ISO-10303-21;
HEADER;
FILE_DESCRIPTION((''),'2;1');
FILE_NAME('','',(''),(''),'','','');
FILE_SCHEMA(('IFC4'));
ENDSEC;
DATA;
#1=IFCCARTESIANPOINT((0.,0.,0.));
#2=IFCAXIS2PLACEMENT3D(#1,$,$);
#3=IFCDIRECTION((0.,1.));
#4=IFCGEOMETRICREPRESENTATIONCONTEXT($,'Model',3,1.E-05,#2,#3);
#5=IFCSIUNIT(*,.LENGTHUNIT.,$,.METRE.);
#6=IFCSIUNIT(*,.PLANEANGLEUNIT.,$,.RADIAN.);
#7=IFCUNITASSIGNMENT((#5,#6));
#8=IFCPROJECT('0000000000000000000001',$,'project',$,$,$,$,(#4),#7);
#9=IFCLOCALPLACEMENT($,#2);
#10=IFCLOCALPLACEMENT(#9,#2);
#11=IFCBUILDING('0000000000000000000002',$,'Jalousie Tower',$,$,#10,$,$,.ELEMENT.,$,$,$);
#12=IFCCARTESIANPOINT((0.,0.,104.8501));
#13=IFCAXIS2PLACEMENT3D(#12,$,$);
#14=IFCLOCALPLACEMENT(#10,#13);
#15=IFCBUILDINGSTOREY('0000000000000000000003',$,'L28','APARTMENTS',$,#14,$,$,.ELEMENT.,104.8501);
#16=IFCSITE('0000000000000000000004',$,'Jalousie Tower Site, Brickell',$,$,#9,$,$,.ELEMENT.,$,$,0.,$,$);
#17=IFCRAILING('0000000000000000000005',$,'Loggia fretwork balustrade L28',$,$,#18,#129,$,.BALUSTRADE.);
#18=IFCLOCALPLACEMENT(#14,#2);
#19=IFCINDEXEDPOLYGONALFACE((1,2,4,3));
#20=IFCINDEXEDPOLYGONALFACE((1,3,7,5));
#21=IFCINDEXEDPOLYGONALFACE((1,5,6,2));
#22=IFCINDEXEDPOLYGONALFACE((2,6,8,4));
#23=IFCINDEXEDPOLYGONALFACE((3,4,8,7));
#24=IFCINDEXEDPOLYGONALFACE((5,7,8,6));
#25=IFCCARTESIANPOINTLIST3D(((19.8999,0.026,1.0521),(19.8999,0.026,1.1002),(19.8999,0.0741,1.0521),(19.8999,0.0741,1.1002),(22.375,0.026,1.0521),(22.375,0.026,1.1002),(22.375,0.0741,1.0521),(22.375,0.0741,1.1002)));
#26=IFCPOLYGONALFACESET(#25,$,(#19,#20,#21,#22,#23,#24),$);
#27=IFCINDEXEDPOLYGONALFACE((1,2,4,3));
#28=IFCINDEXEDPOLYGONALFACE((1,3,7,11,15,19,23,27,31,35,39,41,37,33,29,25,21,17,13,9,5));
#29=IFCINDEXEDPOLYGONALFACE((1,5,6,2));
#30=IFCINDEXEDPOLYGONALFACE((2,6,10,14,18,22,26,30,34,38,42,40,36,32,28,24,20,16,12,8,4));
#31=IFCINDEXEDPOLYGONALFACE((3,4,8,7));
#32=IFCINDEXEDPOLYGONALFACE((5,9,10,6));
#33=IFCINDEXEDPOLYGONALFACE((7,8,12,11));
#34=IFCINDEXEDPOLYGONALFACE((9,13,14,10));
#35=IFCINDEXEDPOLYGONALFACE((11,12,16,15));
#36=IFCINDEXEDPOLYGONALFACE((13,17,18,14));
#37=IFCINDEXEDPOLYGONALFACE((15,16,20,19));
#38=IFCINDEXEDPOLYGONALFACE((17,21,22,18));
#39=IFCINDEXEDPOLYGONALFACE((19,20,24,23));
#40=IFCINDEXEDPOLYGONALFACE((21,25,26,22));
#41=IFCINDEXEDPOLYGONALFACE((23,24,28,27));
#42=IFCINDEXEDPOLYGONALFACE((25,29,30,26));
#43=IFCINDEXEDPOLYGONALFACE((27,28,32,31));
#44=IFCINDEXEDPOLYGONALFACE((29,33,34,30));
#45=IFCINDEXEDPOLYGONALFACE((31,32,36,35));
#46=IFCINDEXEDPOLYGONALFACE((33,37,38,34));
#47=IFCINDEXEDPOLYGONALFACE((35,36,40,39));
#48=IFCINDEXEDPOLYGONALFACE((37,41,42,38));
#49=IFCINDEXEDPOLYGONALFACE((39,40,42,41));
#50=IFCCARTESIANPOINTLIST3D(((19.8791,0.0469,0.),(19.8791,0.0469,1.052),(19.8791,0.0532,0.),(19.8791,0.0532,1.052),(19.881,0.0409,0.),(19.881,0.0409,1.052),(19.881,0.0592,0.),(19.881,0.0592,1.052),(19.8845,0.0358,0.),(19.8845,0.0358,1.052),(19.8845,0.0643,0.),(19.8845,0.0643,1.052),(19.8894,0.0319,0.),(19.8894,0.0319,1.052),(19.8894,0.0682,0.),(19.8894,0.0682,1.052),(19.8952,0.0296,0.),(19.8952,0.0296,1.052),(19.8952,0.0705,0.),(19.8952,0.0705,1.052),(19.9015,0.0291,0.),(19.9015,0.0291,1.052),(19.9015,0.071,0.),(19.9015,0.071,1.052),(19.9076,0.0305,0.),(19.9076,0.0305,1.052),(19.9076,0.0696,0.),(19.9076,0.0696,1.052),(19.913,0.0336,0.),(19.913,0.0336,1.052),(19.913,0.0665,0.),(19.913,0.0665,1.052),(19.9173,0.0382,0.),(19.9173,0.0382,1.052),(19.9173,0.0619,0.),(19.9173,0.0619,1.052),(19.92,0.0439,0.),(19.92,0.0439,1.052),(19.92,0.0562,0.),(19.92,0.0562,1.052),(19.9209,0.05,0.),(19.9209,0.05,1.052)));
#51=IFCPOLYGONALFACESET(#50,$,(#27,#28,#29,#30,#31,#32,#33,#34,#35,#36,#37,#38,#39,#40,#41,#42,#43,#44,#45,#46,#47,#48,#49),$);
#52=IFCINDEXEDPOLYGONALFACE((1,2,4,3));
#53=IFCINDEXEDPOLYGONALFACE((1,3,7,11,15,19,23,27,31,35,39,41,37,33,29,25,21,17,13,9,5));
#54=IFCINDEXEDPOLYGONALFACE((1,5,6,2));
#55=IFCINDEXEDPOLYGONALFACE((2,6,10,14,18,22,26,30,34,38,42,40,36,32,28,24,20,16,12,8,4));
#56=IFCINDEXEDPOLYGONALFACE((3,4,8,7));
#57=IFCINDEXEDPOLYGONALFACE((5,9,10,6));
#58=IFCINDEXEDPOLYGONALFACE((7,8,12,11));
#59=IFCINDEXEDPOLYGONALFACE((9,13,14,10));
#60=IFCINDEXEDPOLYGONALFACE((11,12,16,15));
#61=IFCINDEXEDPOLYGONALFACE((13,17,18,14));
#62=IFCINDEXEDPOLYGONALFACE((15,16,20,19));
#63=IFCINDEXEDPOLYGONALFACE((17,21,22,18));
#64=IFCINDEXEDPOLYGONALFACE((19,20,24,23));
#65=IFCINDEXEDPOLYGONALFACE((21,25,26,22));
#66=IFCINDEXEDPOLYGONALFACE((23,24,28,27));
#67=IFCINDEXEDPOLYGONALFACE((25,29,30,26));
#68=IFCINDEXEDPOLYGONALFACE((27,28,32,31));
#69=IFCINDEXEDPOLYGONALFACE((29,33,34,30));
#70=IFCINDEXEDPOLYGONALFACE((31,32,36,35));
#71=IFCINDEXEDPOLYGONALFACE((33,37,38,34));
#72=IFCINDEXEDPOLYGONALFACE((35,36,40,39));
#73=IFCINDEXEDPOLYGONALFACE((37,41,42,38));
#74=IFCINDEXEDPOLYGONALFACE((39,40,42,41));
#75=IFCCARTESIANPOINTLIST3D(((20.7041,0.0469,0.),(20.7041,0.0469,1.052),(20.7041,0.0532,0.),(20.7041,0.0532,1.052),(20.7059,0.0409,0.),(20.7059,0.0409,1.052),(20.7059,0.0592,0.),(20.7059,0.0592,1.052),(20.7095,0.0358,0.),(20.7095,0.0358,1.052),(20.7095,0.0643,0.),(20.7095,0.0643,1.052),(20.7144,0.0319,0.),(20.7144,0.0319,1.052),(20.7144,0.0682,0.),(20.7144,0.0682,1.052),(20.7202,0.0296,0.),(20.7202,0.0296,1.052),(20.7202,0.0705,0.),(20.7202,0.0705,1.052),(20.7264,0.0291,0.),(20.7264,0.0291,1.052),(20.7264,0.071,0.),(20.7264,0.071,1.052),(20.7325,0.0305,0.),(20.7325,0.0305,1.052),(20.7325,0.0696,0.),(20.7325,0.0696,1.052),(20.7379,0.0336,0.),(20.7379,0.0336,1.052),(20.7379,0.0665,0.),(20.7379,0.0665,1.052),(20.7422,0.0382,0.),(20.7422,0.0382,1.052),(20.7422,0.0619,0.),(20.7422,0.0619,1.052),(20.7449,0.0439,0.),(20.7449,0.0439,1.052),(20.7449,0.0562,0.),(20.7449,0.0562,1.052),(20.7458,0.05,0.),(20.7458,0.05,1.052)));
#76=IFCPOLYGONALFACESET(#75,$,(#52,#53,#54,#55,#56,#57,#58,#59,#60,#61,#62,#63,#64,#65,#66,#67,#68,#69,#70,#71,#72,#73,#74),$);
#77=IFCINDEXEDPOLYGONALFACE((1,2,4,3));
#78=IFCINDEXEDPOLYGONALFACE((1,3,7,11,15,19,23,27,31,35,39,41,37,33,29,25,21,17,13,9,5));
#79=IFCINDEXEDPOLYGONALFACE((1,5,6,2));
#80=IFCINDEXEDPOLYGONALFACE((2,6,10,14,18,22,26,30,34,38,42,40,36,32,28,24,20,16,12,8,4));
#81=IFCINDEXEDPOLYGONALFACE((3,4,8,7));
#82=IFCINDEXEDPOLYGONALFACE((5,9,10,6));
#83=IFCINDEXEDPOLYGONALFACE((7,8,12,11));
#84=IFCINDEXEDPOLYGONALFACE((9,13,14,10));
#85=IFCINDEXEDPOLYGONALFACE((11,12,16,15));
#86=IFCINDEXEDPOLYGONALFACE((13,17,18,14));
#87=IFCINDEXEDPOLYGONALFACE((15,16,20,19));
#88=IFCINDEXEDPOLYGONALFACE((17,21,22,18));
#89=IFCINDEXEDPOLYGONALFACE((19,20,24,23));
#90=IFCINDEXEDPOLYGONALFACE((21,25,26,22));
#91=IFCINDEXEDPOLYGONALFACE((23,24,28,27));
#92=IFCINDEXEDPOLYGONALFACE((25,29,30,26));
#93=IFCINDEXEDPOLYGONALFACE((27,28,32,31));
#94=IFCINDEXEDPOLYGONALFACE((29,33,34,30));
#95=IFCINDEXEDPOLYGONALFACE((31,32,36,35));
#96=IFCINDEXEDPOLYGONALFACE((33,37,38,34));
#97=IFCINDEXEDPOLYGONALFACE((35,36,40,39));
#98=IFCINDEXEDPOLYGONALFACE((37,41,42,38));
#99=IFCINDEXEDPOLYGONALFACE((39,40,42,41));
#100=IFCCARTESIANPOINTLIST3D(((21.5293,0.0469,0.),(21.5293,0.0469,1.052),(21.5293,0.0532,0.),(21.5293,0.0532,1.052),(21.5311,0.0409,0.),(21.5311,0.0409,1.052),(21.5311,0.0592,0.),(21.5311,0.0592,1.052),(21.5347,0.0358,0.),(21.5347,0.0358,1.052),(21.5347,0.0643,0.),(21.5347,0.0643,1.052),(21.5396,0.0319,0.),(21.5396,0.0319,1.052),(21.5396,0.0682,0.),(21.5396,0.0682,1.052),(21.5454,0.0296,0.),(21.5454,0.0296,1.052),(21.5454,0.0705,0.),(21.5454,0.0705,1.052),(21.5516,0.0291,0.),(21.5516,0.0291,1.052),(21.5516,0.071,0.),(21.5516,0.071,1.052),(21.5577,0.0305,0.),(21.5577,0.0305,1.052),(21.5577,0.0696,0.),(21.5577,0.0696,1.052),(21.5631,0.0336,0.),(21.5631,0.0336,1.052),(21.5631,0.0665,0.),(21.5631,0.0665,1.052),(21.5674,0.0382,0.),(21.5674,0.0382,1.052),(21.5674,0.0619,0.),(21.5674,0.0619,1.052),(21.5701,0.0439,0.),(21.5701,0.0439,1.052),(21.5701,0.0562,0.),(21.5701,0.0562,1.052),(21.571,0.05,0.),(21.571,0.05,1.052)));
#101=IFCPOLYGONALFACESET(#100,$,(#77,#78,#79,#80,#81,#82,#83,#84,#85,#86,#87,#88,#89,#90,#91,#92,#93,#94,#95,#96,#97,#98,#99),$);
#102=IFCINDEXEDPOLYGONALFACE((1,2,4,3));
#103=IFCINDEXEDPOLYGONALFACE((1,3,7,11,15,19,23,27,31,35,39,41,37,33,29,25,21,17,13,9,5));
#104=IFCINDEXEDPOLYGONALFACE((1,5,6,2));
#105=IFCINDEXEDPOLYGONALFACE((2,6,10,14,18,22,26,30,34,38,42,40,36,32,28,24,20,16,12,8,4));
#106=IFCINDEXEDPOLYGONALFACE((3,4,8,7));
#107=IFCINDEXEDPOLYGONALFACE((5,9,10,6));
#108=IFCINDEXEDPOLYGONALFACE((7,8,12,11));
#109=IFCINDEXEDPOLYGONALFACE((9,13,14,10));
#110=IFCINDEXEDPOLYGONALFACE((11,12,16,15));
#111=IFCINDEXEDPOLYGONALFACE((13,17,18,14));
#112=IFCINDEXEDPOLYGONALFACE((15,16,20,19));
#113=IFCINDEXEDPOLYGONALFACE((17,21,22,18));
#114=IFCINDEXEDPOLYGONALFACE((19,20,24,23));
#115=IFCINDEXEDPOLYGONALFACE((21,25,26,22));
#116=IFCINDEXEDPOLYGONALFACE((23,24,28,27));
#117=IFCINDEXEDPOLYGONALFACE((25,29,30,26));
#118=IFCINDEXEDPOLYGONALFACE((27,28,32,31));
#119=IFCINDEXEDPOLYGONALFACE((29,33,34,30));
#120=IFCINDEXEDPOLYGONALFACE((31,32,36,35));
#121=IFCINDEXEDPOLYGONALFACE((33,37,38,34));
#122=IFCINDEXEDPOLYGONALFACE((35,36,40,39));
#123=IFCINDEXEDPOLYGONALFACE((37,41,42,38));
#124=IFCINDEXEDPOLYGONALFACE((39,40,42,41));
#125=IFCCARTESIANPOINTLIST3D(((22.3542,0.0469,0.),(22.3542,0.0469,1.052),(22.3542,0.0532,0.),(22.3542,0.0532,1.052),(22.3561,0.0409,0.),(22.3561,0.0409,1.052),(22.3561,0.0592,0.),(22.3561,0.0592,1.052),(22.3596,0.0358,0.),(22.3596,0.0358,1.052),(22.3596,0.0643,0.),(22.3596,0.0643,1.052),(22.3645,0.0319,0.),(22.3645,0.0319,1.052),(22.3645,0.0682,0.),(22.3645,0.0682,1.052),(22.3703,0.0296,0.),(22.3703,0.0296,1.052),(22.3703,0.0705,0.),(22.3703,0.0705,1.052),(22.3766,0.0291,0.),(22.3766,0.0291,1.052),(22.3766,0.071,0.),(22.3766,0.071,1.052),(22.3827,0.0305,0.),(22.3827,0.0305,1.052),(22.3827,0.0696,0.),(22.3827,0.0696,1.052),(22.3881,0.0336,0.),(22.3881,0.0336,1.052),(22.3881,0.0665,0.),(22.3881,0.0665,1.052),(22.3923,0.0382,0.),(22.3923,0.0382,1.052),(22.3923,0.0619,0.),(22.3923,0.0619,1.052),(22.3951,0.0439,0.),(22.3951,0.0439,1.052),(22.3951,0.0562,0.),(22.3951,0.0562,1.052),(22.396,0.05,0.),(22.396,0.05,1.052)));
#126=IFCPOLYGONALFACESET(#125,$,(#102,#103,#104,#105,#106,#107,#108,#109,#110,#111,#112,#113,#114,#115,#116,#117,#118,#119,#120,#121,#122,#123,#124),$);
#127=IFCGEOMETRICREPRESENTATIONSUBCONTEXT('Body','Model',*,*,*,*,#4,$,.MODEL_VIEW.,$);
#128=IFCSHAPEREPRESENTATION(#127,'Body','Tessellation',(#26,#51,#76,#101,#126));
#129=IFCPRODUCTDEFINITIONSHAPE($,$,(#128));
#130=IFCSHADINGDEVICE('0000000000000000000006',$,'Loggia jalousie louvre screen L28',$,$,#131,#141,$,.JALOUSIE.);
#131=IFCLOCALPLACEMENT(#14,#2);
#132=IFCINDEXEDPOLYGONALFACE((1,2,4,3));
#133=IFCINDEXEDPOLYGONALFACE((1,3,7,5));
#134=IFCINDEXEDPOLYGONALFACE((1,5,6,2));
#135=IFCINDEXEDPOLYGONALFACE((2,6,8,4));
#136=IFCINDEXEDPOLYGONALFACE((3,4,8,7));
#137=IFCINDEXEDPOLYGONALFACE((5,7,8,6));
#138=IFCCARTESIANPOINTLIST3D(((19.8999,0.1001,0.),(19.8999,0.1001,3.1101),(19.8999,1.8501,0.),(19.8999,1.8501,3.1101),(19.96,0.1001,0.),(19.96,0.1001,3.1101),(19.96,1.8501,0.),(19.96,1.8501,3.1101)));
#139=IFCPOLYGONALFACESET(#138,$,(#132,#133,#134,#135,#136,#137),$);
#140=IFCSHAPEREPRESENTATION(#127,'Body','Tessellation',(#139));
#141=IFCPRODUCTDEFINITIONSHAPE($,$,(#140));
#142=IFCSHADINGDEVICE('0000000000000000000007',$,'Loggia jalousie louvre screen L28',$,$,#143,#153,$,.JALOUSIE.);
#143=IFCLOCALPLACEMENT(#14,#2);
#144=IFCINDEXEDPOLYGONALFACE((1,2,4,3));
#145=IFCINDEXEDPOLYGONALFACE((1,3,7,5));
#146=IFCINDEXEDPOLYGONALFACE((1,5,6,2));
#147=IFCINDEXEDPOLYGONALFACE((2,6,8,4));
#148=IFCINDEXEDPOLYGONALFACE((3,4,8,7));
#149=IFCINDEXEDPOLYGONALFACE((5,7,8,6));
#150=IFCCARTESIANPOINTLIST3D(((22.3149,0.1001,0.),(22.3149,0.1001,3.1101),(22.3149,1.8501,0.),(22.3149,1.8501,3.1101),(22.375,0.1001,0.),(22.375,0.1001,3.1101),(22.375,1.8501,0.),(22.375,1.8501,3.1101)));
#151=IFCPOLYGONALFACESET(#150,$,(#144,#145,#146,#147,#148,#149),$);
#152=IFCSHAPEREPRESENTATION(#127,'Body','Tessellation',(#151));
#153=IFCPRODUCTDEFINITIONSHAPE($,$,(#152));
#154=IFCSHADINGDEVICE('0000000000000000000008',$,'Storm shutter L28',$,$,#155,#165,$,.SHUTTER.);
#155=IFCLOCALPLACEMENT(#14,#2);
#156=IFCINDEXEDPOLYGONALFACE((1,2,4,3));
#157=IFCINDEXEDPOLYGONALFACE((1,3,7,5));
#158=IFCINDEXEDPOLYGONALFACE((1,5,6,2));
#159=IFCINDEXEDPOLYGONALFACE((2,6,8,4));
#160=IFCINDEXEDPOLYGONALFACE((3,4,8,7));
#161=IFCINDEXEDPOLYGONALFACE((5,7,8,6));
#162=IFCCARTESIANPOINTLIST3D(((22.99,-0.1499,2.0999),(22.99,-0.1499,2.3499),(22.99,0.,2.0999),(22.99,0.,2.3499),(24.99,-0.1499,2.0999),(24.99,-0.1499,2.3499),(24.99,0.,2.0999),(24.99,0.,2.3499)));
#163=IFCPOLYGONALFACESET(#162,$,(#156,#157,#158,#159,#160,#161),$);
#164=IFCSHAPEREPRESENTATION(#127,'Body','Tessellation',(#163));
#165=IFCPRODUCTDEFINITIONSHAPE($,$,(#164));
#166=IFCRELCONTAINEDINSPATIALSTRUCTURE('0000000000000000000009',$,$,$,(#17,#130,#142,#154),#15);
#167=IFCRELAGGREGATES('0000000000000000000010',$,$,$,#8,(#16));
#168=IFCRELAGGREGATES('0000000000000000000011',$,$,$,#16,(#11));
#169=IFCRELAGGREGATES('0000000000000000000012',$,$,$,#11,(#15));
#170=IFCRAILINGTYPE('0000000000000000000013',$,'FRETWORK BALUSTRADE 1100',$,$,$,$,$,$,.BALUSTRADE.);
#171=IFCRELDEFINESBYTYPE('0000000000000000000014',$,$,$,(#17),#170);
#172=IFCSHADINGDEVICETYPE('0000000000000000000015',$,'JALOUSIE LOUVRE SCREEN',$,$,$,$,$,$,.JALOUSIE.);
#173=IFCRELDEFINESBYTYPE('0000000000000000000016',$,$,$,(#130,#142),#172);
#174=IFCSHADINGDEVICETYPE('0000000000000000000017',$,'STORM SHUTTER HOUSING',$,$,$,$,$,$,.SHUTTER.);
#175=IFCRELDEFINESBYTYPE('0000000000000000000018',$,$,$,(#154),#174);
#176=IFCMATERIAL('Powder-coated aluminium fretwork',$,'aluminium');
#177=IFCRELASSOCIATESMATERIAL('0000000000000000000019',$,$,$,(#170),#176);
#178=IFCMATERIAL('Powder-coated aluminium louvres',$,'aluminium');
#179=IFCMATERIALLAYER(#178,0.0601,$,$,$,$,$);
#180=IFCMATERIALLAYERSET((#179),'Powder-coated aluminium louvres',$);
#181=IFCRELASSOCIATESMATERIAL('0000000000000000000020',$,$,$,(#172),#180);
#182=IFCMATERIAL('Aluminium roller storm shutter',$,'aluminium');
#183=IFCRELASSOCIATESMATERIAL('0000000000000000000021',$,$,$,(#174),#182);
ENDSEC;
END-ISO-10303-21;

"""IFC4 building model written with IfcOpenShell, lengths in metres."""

from ifc_helpers import new_model, si_unit, direction, frame, origin, origin_2d, place, context, subcontext, project, spatial, rectangle, circle, extrude, material, layer, layer_set, type_object, element, save


model = new_model("IFC4")

# Units and contexts
model_context = context("Model", 3, precision=1e-05, world=origin(), true_north=direction((0.0, 1.0)))
body_context = subcontext(model_context, "Body", "Model", "MODEL_VIEW")
ifc_project = project(units=[si_unit("LENGTHUNIT", "METRE"), si_unit("PLANEANGLEUNIT", "RADIAN")], contexts=[model_context])

# Site, building, storey
site_placement = place(None, origin())
site = spatial("IfcSite", under=ifc_project, at=site_placement, Name="Jalousie Tower Site, Brickell", CompositionType="ELEMENT", RefElevation=0.0)
building_placement = place(site_placement, origin())
building = spatial("IfcBuilding", under=site, at=building_placement, Name="Jalousie Tower", CompositionType="ELEMENT")
storey_placement = place(building_placement, frame((0.0, 0.0, 104.8501)))
storey = spatial("IfcBuildingStorey", under=building, at=storey_placement, Name="L28", Description="APARTMENTS", CompositionType="ELEMENT", Elevation=104.8501)

# Railing
ifc_material_1 = material(Name="Powder-coated aluminium fretwork", Category="aluminium")
railing_type = type_object("IfcRailingType", Name="FRETWORK BALUSTRADE 1100", PredefinedType="BALUSTRADE", material=ifc_material_1)
railing_placement = place(storey_placement, frame((19.8999, 0.05, 0.0)))
element("IfcRailing", 1, at=railing_placement, inside=storey, type_object=railing_type, Name="Loggia fretwork balustrade L28", PredefinedType="BALUSTRADE", context=body_context, shape_type="SweptSolid", body=[
    extrude(rectangle(XDim=0.0481, YDim=0.0481, at=origin_2d()), frame((0.0, 0.0, 1.0762), z_axis=(1.0, 0.0, 0.0), x_axis=(0.0, 1.0, 0.0)), (0.0, 0.0, 1.0), 2.4751),
    extrude(circle(Radius=0.021, at=origin_2d()), origin(), (0.0, 0.0, 1.0), 1.052),
    extrude(circle(Radius=0.021, at=origin_2d()), frame((0.825, 0.0, 0.0)), (0.0, 0.0, 1.0), 1.052),
    extrude(circle(Radius=0.021, at=origin_2d()), frame((1.6501, 0.0, 0.0)), (0.0, 0.0, 1.0), 1.052),
    extrude(circle(Radius=0.021, at=origin_2d()), frame((2.4751, 0.0, 0.0)), (0.0, 0.0, 1.0), 1.052),
])

# Shading devices
ifc_material_2 = material(Name="Powder-coated aluminium louvres", Category="aluminium")
ifc_layer_1 = layer(ifc_material_2, 0.0601)
ifc_layer_set_1 = layer_set([ifc_layer_1], Name="Powder-coated aluminium louvres")
shading_device_type_1 = type_object("IfcShadingDeviceType", Name="JALOUSIE LOUVRE SCREEN", PredefinedType="JALOUSIE", material=ifc_layer_set_1)
for number, where, z_axis, x_axis, name in (
    (2, (19.9299, 0.9751, 0.0), (0.0, 0.0, 1.0), (1.0, 0.0, 0.0), "Loggia jalousie louvre screen L28"),
    (3, (22.345, 0.9751, 0.0), (0.0, 0.0, 1.0), (1.0, 0.0, 0.0), "Loggia jalousie louvre screen L28"),
):
    element("IfcShadingDevice", number, at=place(storey_placement, frame(where, z_axis=z_axis, x_axis=x_axis)), inside=storey, type_object=shading_device_type_1, Name=name, PredefinedType="JALOUSIE", context=body_context, shape_type="SweptSolid", body=[
        extrude(rectangle(XDim=0.0601, YDim=1.75, at=origin_2d()), origin(), (0.0, 0.0, 1.0), 3.1101),
    ])
ifc_material_3 = material(Name="Aluminium roller storm shutter", Category="aluminium")
shading_device_type_2 = type_object("IfcShadingDeviceType", Name="STORM SHUTTER HOUSING", PredefinedType="SHUTTER", material=ifc_material_3)
shading_device_placement = place(storey_placement, frame((23.99, -0.075, 2.0999), z_axis=(0.0, 0.0, 1.0), x_axis=(1.0, 0.0, 0.0)))
element("IfcShadingDevice", 4, at=shading_device_placement, inside=storey, type_object=shading_device_type_2, Name="Storm shutter L28", PredefinedType="SHUTTER", context=body_context, shape_type="SweptSolid", body=[
    extrude(rectangle(XDim=2.0, YDim=0.1499, at=origin_2d()), origin(), (0.0, 0.0, 1.0), 0.25),
])

save(model, "model.ifc")
